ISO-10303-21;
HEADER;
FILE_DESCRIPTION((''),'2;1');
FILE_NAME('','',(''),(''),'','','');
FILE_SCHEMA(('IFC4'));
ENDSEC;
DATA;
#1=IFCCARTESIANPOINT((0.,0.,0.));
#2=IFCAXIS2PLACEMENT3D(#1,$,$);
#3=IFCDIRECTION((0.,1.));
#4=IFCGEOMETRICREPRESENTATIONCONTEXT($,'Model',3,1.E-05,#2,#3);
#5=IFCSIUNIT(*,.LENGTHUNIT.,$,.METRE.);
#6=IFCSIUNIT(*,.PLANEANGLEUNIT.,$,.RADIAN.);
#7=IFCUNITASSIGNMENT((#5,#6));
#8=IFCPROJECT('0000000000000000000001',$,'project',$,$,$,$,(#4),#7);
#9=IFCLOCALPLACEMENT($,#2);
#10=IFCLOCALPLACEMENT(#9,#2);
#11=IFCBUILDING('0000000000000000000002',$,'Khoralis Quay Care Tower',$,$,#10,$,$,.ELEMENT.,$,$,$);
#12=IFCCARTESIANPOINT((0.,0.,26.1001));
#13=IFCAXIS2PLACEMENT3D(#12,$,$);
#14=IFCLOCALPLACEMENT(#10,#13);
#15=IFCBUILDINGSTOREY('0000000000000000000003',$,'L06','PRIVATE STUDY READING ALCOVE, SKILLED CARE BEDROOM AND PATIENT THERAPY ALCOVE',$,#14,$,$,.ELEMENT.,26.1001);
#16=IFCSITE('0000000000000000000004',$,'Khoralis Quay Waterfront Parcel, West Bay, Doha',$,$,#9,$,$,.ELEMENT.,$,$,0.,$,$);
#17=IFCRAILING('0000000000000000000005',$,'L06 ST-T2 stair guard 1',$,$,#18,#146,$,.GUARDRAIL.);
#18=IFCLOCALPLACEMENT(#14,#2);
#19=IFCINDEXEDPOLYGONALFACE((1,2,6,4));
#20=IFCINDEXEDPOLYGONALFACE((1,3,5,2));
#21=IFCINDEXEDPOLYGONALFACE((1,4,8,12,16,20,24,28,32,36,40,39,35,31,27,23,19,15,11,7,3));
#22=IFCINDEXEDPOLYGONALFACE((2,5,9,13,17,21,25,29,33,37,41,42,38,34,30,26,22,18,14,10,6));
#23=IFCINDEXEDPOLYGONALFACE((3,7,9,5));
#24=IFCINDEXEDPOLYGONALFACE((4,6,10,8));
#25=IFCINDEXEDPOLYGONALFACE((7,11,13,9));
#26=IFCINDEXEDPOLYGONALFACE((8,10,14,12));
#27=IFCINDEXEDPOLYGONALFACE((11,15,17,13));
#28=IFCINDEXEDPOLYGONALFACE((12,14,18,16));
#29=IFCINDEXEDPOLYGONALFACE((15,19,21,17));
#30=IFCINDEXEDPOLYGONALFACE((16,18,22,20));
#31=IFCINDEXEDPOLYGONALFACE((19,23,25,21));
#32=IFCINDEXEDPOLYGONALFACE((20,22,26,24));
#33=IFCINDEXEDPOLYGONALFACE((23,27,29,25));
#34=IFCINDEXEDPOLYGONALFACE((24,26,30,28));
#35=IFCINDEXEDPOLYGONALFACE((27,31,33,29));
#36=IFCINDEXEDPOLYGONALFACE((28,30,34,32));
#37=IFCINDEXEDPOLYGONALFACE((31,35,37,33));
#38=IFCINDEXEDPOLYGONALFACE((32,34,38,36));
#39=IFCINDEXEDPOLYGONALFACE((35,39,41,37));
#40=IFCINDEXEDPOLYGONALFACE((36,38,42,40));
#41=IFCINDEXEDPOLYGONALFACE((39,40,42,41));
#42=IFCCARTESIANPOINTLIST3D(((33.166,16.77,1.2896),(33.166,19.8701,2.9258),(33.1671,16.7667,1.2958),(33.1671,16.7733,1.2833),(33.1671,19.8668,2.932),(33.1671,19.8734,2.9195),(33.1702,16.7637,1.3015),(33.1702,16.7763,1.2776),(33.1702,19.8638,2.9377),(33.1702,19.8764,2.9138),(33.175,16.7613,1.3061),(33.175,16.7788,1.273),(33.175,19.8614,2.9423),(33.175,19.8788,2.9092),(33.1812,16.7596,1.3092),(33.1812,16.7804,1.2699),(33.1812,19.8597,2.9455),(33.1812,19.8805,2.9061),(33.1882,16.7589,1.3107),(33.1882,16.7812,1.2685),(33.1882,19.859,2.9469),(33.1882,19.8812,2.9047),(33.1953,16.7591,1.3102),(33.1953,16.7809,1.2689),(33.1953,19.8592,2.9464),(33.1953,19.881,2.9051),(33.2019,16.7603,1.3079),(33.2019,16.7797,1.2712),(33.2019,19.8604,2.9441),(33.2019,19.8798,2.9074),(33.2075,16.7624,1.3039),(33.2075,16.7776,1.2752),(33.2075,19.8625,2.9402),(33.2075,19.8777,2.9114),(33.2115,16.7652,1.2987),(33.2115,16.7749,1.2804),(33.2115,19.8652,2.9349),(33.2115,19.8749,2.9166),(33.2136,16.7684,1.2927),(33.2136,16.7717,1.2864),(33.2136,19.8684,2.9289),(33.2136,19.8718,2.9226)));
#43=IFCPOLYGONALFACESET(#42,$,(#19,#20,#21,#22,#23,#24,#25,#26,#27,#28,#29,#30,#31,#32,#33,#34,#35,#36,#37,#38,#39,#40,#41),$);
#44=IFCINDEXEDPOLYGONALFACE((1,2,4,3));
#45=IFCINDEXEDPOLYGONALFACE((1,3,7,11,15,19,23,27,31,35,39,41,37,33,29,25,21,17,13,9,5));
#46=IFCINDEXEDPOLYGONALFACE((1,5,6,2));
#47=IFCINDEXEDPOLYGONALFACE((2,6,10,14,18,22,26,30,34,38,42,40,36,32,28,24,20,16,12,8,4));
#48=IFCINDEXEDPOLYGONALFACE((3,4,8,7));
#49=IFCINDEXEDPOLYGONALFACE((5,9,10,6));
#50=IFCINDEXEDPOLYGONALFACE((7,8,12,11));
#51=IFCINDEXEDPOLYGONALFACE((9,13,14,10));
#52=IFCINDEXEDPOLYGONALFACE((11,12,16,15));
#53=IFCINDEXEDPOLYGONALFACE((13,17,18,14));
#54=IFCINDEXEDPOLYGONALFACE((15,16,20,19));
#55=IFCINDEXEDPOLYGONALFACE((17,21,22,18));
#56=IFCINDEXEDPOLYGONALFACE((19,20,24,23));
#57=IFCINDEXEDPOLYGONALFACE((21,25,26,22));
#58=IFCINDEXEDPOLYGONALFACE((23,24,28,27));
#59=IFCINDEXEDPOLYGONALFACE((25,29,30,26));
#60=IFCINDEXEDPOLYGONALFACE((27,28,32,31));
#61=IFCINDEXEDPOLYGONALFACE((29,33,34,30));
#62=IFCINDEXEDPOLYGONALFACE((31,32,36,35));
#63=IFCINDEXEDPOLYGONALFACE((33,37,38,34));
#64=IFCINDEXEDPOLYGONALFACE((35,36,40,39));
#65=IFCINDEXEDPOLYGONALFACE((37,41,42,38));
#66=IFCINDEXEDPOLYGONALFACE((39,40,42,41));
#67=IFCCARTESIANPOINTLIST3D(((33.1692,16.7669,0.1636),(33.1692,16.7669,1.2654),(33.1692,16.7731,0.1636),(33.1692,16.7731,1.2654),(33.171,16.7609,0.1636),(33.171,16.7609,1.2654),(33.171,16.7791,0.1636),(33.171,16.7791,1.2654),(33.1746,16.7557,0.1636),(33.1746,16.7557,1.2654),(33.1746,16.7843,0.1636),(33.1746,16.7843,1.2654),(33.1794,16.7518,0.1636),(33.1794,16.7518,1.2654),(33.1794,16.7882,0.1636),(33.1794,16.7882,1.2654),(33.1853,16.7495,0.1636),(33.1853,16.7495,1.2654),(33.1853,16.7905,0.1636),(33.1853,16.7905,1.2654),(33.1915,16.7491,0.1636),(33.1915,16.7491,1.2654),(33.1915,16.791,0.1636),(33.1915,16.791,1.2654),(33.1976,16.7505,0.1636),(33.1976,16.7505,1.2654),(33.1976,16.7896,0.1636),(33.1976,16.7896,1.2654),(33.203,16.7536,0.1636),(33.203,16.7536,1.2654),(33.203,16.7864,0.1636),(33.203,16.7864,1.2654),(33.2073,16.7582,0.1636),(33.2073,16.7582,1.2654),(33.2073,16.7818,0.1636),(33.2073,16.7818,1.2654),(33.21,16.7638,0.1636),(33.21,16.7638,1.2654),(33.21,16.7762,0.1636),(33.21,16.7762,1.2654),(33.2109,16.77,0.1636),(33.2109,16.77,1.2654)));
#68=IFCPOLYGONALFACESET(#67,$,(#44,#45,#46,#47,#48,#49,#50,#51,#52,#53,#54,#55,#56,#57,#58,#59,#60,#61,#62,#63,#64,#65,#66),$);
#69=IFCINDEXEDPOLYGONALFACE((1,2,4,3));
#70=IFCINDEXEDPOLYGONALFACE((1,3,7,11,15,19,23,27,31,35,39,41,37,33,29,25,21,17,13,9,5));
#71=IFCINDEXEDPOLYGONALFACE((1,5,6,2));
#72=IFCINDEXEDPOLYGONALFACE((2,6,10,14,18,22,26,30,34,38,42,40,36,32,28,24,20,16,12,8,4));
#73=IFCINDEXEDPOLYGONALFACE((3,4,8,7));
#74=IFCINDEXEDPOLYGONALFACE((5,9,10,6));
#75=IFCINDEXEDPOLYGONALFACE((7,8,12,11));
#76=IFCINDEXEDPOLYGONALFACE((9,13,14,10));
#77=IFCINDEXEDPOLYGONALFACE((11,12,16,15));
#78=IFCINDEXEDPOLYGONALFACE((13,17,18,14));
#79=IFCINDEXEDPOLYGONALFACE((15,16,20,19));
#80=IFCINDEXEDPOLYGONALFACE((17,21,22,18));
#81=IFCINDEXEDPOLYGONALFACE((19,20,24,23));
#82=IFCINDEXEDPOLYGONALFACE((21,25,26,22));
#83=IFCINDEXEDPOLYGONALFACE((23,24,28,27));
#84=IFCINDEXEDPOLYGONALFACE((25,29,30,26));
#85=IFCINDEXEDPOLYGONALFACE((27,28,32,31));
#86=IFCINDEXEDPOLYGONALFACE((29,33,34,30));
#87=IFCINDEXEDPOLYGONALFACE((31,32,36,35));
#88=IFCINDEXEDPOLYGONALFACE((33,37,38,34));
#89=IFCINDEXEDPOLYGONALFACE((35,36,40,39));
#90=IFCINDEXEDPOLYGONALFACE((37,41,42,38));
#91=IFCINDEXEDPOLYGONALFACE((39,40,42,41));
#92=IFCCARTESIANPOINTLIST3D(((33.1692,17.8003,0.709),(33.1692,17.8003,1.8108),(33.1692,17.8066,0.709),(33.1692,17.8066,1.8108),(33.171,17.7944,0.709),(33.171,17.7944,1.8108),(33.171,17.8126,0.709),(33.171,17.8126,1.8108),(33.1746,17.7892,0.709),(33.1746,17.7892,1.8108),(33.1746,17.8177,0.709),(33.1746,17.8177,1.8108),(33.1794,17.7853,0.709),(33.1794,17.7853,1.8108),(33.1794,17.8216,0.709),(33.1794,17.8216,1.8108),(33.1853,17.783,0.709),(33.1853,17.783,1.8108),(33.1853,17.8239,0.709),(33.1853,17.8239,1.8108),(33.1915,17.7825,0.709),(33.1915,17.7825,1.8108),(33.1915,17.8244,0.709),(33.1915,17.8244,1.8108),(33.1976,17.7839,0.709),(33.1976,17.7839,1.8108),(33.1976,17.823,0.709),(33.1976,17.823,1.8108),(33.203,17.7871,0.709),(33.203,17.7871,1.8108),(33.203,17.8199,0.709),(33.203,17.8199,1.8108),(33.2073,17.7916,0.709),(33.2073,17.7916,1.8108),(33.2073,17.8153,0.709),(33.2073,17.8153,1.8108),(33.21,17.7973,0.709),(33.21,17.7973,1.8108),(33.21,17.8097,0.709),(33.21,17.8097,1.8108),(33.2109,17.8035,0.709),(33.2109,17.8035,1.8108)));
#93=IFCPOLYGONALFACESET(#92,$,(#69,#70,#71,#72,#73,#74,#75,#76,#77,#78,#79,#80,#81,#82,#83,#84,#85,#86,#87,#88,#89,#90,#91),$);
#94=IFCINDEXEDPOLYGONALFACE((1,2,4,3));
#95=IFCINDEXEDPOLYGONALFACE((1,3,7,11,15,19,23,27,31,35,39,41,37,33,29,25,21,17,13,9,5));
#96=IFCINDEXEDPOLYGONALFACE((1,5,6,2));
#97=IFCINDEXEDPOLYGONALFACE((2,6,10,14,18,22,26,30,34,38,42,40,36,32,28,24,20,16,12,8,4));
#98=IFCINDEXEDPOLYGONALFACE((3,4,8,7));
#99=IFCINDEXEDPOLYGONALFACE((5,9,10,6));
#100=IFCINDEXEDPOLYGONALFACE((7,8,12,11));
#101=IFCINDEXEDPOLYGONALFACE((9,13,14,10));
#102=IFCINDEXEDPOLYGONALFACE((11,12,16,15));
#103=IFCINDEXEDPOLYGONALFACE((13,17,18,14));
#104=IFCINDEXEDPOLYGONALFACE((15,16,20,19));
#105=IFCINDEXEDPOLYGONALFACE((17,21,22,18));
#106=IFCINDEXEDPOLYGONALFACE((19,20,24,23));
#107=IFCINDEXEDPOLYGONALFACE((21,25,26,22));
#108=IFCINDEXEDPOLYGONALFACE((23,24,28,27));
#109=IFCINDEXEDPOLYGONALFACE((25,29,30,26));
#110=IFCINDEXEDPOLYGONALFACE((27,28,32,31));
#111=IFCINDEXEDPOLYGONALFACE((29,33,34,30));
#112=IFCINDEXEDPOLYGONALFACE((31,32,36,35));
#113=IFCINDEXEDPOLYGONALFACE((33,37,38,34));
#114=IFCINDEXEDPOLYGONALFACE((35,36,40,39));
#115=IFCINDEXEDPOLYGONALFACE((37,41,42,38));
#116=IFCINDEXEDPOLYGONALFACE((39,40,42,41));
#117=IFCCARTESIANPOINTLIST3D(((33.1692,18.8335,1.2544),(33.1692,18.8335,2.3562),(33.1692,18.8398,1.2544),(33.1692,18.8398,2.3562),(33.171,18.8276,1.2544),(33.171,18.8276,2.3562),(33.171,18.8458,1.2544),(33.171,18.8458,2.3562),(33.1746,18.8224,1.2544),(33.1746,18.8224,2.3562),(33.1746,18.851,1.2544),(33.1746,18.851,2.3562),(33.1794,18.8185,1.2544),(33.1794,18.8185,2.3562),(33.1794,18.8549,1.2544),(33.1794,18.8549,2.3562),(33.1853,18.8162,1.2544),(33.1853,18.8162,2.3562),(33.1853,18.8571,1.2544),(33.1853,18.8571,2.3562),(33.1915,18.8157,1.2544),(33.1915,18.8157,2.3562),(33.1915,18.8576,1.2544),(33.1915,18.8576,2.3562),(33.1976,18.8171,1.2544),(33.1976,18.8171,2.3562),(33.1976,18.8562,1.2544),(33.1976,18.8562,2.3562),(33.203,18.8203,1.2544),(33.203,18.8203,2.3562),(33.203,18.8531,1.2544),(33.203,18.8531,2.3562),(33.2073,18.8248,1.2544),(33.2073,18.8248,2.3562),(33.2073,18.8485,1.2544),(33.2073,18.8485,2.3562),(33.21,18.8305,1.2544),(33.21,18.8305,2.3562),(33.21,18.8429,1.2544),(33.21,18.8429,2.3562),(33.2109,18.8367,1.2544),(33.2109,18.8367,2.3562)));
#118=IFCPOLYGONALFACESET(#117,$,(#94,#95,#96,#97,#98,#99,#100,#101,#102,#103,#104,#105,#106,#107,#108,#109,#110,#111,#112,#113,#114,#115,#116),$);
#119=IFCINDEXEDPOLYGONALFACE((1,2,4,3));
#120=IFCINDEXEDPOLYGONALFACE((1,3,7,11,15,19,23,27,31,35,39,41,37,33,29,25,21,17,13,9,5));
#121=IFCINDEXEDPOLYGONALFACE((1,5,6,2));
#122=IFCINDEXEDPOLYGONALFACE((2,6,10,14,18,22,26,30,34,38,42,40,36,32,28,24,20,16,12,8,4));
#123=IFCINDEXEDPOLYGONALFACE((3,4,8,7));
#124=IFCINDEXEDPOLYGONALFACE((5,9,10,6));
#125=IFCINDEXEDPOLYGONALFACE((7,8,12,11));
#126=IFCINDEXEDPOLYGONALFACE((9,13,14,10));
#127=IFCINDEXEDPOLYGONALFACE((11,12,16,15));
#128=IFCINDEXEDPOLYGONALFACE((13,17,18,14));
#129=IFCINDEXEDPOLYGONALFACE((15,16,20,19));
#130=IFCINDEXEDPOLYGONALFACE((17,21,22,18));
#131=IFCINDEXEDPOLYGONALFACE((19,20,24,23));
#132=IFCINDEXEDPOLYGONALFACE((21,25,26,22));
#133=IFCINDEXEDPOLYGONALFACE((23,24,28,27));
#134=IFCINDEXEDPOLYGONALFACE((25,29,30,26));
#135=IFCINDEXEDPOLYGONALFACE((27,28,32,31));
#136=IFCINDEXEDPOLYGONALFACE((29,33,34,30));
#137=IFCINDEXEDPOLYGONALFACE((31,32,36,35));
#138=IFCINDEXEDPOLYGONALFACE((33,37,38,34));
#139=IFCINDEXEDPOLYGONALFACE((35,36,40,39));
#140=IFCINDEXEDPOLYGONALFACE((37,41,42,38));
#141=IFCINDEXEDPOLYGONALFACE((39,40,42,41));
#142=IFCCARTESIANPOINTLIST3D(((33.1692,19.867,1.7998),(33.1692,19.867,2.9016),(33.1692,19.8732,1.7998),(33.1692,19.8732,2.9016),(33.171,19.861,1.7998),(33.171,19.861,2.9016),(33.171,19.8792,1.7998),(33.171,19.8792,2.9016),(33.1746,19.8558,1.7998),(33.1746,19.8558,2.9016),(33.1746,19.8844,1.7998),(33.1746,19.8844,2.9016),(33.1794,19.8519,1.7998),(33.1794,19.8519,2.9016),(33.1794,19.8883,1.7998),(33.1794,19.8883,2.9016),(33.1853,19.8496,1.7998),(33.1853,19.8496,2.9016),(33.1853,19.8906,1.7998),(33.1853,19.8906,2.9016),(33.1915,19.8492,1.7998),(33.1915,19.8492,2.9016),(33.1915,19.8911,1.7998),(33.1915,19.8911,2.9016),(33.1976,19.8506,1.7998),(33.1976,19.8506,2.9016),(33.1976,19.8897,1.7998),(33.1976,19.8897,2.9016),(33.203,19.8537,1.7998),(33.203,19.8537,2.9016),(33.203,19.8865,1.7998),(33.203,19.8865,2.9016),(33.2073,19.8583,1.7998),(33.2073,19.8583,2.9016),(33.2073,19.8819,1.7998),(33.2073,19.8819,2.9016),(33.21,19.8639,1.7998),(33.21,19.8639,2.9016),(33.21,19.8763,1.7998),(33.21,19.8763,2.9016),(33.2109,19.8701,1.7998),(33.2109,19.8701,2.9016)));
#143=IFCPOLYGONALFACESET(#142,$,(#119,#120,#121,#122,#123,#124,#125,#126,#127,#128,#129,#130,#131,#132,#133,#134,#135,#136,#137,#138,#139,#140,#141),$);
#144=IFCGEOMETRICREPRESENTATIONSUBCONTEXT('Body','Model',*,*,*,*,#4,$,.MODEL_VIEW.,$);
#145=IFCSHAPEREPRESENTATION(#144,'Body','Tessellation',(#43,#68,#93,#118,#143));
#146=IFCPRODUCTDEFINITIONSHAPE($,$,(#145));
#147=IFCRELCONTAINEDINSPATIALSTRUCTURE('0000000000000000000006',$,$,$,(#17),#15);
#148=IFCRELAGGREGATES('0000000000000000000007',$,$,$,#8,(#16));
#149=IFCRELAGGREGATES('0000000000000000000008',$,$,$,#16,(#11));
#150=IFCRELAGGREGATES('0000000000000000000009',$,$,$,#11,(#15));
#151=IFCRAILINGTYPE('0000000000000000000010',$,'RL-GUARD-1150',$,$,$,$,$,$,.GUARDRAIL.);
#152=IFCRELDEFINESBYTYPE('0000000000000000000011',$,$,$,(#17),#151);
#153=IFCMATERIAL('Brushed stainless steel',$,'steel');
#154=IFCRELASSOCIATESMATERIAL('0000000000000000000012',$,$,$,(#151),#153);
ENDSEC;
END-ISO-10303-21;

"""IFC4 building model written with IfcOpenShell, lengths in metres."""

from ifc_helpers import new_model, si_unit, direction, frame, origin, origin_2d, place, context, subcontext, project, spatial, circle, extrude, material, type_object, element, save


model = new_model("IFC4")

# Units and contexts
model_context = context("Model", 3, precision=1e-05, world=origin(), true_north=direction((0.0, 1.0)))
body_context = subcontext(model_context, "Body", "Model", "MODEL_VIEW")
ifc_project = project(units=[si_unit("LENGTHUNIT", "METRE"), si_unit("PLANEANGLEUNIT", "RADIAN")], contexts=[model_context])

# Site, building, storey
site_placement = place(None, origin())
site = spatial("IfcSite", under=ifc_project, at=site_placement, Name="Khoralis Quay Waterfront Parcel, West Bay, Doha", CompositionType="ELEMENT", RefElevation=0.0)
building_placement = place(site_placement, origin())
building = spatial("IfcBuilding", under=site, at=building_placement, Name="Khoralis Quay Care Tower", CompositionType="ELEMENT")
storey_placement = place(building_placement, frame((0.0, 0.0, 26.1001)))
storey = spatial("IfcBuildingStorey", under=building, at=storey_placement, Name="L06", Description="PRIVATE STUDY READING ALCOVE, SKILLED CARE BEDROOM AND PATIENT THERAPY ALCOVE", CompositionType="ELEMENT", Elevation=26.1001)

# Shared definitions
ifc_material_1 = material(Name="Brushed stainless steel", Category="steel")

# Railing
railing_type_1 = type_object("IfcRailingType", Name="RL-GUARD-1150", PredefinedType="GUARDRAIL", material=ifc_material_1)
railing_1_placement = place(storey_placement, frame((33.1899, 16.77, 0.1636)))
element("IfcRailing", 1, at=railing_1_placement, inside=storey, type_object=railing_type_1, Name="L06 ST-T2 stair guard 1", PredefinedType="GUARDRAIL", context=body_context, shape_type="SweptSolid", body=[
    extrude(circle(Radius=0.0239, at=origin_2d()), frame((0.0, 0.0, 1.126), z_axis=(0.0, 0.884377, 0.466774), x_axis=(-1.0, 0.0, 0.0)), (0.0, 0.0, 1.0), 3.5054),
    extrude(circle(Radius=0.021, at=origin_2d()), origin(), (0.0, 0.0, 1.0), 1.1018),
    extrude(circle(Radius=0.021, at=origin_2d()), frame((0.0, 1.0334, 0.5454)), (0.0, 0.0, 1.0), 1.1018),
    extrude(circle(Radius=0.021, at=origin_2d()), frame((0.0, 2.0667, 1.0908)), (0.0, 0.0, 1.0), 1.1018),
    extrude(circle(Radius=0.021, at=origin_2d()), frame((0.0, 3.1001, 1.6362)), (0.0, 0.0, 1.0), 1.1018),
])

save(model, "model.ifc")
